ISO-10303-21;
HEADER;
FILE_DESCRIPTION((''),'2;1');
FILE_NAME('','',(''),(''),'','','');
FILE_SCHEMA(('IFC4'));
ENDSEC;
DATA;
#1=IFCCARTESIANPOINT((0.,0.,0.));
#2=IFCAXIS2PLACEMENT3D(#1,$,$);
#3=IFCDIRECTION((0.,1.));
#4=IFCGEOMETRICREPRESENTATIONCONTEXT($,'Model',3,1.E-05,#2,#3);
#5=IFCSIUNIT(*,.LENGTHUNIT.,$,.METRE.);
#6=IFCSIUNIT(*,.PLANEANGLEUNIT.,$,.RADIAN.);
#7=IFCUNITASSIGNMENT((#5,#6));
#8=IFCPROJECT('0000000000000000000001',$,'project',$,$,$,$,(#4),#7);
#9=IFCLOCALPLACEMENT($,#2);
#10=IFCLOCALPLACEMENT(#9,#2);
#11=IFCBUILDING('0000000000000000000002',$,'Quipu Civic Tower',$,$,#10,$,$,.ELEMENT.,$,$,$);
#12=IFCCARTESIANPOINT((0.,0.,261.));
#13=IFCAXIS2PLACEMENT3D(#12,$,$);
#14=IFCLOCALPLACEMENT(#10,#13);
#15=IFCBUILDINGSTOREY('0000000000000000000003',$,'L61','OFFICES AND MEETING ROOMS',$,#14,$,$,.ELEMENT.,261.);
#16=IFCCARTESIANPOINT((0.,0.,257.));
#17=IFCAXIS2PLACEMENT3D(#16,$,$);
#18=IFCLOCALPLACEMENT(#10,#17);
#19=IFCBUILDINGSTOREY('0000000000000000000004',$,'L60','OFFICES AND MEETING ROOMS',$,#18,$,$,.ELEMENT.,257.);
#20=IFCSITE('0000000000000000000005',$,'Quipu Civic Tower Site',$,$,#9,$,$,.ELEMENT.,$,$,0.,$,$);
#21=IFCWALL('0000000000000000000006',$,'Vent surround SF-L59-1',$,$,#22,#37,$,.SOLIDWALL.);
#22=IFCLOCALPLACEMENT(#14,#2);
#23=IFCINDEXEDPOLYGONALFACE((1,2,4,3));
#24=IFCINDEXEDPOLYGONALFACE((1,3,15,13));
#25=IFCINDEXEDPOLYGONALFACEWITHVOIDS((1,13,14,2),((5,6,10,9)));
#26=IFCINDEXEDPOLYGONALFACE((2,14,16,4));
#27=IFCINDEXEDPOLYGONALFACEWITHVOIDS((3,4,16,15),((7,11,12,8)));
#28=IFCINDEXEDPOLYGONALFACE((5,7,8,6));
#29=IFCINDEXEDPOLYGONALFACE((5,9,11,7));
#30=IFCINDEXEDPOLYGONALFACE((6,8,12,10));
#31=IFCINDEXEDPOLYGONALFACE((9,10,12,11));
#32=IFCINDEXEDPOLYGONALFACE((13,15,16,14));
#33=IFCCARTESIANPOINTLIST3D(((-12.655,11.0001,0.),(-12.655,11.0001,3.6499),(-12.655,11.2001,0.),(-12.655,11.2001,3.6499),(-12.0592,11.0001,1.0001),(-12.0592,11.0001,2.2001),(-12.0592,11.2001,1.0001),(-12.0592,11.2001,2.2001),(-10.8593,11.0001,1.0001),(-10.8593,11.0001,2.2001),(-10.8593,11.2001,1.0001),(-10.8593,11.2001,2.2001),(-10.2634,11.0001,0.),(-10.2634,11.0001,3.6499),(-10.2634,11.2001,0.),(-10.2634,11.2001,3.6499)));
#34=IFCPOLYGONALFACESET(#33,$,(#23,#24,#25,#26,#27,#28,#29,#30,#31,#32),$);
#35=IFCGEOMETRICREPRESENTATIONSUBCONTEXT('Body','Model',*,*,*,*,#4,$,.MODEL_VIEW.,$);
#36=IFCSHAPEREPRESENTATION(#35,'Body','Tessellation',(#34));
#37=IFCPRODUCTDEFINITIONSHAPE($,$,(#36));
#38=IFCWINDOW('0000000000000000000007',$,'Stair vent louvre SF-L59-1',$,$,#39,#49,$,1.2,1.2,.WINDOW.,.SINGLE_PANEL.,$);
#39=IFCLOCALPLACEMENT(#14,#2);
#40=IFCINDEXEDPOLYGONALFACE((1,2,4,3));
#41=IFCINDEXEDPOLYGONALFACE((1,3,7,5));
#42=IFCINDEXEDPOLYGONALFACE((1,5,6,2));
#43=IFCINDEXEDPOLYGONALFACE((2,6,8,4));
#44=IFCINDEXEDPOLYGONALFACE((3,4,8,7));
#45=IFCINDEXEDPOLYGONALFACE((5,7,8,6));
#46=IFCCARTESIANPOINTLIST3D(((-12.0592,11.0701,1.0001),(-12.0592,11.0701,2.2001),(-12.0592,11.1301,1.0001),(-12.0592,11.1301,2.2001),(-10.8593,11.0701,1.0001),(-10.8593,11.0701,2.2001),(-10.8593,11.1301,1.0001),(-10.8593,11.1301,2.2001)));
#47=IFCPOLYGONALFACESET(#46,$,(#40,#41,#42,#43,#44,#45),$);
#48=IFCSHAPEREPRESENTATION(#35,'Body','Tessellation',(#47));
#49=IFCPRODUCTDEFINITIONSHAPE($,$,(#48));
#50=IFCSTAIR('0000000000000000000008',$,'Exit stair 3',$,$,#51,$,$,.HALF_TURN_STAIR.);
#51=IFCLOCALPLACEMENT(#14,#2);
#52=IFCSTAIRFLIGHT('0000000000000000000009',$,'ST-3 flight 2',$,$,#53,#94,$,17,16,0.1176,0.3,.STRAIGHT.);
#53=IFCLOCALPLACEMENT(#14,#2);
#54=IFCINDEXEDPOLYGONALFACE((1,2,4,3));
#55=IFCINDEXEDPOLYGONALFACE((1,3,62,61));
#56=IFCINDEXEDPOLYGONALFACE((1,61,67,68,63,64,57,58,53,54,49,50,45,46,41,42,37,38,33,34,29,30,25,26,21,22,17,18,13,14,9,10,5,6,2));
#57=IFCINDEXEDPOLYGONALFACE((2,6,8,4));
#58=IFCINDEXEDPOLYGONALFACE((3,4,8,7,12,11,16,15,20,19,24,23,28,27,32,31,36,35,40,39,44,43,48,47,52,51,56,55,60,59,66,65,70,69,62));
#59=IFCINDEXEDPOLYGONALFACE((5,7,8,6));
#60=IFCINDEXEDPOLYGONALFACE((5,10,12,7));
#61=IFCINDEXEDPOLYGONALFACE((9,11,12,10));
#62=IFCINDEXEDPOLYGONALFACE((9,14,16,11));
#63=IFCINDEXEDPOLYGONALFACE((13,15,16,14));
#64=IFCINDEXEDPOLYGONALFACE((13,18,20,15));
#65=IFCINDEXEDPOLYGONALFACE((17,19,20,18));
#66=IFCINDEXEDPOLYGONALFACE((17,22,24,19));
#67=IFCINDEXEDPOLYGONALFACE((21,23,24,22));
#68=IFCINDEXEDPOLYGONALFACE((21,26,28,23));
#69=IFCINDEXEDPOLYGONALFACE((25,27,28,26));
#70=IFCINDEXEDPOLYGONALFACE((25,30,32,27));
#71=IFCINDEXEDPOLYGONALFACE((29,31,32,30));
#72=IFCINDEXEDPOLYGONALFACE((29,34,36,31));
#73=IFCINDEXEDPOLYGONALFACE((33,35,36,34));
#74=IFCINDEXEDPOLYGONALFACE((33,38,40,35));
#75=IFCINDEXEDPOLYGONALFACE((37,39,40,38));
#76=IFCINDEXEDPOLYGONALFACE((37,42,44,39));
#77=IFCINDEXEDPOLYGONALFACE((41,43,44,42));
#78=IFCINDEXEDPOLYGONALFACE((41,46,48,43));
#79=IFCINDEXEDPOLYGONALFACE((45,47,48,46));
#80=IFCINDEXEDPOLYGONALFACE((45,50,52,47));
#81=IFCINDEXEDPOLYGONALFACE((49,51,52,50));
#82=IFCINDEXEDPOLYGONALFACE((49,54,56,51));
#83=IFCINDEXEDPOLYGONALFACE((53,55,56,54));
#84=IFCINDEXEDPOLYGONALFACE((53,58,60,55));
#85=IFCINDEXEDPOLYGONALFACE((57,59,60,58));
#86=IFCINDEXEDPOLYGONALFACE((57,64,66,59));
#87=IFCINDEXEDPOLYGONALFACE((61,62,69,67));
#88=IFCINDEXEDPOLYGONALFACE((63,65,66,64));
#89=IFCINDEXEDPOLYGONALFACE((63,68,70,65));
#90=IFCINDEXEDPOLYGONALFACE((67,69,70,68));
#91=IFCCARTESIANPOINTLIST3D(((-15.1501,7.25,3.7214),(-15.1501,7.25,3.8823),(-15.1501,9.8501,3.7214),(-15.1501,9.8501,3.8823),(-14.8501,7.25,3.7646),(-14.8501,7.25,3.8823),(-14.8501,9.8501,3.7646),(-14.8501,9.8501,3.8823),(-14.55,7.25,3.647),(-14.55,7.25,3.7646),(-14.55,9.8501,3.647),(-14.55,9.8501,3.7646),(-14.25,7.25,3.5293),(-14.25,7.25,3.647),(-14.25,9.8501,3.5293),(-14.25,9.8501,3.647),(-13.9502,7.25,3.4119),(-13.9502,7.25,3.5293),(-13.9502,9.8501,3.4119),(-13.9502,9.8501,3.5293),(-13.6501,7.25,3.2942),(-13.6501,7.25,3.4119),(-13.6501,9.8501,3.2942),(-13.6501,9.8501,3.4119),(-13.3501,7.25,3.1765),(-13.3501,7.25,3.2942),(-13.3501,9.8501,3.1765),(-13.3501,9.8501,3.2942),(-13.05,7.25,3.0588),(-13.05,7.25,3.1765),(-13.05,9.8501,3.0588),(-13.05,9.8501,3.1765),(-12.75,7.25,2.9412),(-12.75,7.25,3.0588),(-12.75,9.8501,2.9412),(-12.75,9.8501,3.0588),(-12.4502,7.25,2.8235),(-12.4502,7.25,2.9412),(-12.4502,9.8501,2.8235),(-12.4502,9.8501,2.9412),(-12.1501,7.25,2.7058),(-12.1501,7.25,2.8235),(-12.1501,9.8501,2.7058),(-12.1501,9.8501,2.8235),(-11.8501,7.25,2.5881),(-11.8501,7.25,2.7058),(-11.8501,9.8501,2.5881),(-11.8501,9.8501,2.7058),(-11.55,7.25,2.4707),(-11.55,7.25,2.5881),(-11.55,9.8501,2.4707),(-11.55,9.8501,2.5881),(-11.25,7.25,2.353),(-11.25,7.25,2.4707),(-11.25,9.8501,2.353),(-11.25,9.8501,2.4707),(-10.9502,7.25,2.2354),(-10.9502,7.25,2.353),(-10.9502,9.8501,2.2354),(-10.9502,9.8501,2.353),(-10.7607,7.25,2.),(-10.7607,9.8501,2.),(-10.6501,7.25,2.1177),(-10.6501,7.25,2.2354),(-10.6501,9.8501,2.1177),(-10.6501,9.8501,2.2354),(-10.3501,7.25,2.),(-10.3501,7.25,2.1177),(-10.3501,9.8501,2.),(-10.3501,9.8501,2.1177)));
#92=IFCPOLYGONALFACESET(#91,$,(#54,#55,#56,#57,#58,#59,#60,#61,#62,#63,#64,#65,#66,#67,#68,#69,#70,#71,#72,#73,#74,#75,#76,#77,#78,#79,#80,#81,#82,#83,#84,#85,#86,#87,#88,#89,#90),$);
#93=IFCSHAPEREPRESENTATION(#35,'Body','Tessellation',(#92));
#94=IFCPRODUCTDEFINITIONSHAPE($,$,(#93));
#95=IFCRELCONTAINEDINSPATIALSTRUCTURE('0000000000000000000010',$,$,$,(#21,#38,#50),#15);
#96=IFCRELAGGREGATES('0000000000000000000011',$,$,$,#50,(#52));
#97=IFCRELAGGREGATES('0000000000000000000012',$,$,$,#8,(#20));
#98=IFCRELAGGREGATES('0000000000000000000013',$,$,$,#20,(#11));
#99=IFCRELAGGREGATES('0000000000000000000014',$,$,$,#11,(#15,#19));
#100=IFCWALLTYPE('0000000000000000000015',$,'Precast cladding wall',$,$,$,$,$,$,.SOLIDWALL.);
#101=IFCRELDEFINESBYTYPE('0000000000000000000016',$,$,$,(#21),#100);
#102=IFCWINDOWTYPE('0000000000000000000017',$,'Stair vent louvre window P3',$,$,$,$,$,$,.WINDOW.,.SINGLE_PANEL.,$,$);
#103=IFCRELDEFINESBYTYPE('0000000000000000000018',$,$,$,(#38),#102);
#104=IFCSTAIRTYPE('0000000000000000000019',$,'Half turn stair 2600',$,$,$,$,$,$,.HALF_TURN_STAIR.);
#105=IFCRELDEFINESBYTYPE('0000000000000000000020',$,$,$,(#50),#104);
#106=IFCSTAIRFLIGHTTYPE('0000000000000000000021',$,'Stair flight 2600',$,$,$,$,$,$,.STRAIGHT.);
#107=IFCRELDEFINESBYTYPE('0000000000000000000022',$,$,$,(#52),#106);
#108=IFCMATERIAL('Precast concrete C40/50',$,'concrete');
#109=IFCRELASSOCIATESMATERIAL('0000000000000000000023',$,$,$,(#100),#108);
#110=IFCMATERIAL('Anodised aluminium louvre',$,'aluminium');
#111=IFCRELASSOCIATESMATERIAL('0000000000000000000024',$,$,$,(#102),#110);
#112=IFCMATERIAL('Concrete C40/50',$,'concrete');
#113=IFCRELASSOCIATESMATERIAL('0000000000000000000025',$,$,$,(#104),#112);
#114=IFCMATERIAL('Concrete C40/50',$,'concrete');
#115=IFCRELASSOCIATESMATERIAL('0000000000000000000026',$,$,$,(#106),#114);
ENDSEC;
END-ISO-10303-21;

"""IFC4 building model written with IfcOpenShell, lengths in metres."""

from ifc_helpers import new_model, si_unit, direction, frame, frame_2d, origin, place, context, subcontext, project, spatial, polyline, rectangle, outline, extrude, material, type_object, element, fill, aggregate, save


model = new_model("IFC4")

# Units and contexts
model_context = context("Model", 3, precision=1e-05, world=origin(), true_north=direction((0.0, 1.0)))
body_context = subcontext(model_context, "Body", "Model", "MODEL_VIEW")
ifc_project = project(units=[si_unit("LENGTHUNIT", "METRE"), si_unit("PLANEANGLEUNIT", "RADIAN")], contexts=[model_context])

# Site, building, storey
site_placement = place(None, origin())
site = spatial("IfcSite", under=ifc_project, at=site_placement, Name="Quipu Civic Tower Site", CompositionType="ELEMENT", RefElevation=0.0)
building_placement = place(site_placement, origin())
building = spatial("IfcBuilding", under=site, at=building_placement, Name="Quipu Civic Tower", CompositionType="ELEMENT")
storey_1_placement = place(building_placement, frame((0.0, 0.0, 261.0)))
storey_1 = spatial("IfcBuildingStorey", under=building, at=storey_1_placement, Name="L61", Description="OFFICES AND MEETING ROOMS", CompositionType="ELEMENT", Elevation=261.0)

# Shared definitions
storey_2_placement = place(building_placement, frame((0.0, 0.0, 257.0)))
storey_2 = spatial("IfcBuildingStorey", under=building, at=storey_2_placement, Name="L60", Description="OFFICES AND MEETING ROOMS", CompositionType="ELEMENT", Elevation=257.0)

# Wall, opening, window
ifc_material_1 = material(Name="Precast concrete C40/50", Category="concrete")
wall_type_1 = type_object("IfcWallType", Name="Precast cladding wall", PredefinedType="SOLIDWALL", material=ifc_material_1)
wall_1_placement = place(storey_1_placement, frame((-10.2634, 11.1001, 0.0), z_axis=(0.0, 0.0, 1.0), x_axis=(-1.0, 0.0, 0.0)))
wall_1 = element("IfcWall", 1, at=wall_1_placement, inside=storey_1, type_object=wall_type_1, Name="Vent surround SF-L59-1", PredefinedType="SOLIDWALL", context=body_context, shape_type="SweptSolid", body=[
    extrude(rectangle(XDim=2.3916, YDim=0.2, at=frame_2d((1.1958, 0.0))), origin(), (0.0, 0.0, 1.0), 3.6499),
])
opening_1_placement = place(wall_1_placement, frame((0.5957, 0.0, 1.0)))
opening_1 = element("IfcOpeningElement", 2, at=opening_1_placement, cuts=wall_1, PredefinedType="OPENING", context=body_context, shape_type="SweptSolid", body=[
    extrude(rectangle(XDim=1.2, YDim=1.2, at=frame_2d((0.6001, 0.6001))), frame((0.0, 0.1099, 0.0), z_axis=(0.0, -1.0, 0.0), x_axis=(1.0, 0.0, 0.0)), (0.0, 0.0, 1.0), 0.22),
])
ifc_material_2 = material(Name="Anodised aluminium louvre", Category="aluminium")
window_type = type_object("IfcWindowType", Name="Stair vent louvre window P3", PartitioningType="SINGLE_PANEL", PredefinedType="WINDOW", material=ifc_material_2)
window_placement = place(opening_1_placement, origin())
window = element("IfcWindow", 3, at=window_placement, inside=storey_1, type_object=window_type, Name="Stair vent louvre SF-L59-1", OverallHeight=1.2, OverallWidth=1.2, PartitioningType="SINGLE_PANEL", PredefinedType="WINDOW", context=body_context, shape_type="SweptSolid", body=[
    extrude(rectangle(XDim=1.2, YDim=1.2, at=frame_2d((0.6001, 0.6001))), frame((0.0, 0.03, 0.0), z_axis=(0.0, -1.0, 0.0), x_axis=(1.0, 0.0, 0.0)), (0.0, 0.0, 1.0), 0.0601),
])
fill(opening_1, window)

# Stair, stair flight
ifc_material_3 = material(Name="Concrete C40/50", Category="concrete")
stair_type = type_object("IfcStairType", Name="Half turn stair 2600", PredefinedType="HALF_TURN_STAIR", material=ifc_material_3)
stair_placement = place(storey_1_placement, origin())
stair = element("IfcStair", 4, at=stair_placement, inside=storey_1, type_object=stair_type, Name="Exit stair 3", PredefinedType="HALF_TURN_STAIR")
ifc_material_4 = material(Name="Concrete C40/50", Category="concrete")
stair_flight_type = type_object("IfcStairFlightType", Name="Stair flight 2600", PredefinedType="STRAIGHT", material=ifc_material_4)
stair_flight_placement = place(storey_1_placement, frame((-10.3501, 8.55, 2.0), z_axis=(0.0, 0.0, 1.0), x_axis=(-1.0, 0.0, 0.0)))
stair_flight = element("IfcStairFlight", 5, at=stair_flight_placement, type_object=stair_flight_type, Name="ST-3 flight 2", NumberOfRisers=17, NumberOfTreads=16, PredefinedType="STRAIGHT", RiserHeight=0.1176, TreadLength=0.3, context=body_context, shape_type="SweptSolid", body=[
    extrude(outline(polyline([(0.0, 0.0), (0.0, 0.1177), (0.3, 0.1177), (0.3, 0.2354), (0.6001, 0.2354), (0.6001, 0.353), (0.8999, 0.353), (0.8999, 0.4707), (1.2, 0.4707), (1.2, 0.5881), (1.5, 0.5881), (1.5, 0.7058), (1.8, 0.7058), (1.8, 0.8235), (2.1001, 0.8235), (2.1001, 0.9412), (2.3999, 0.9412), (2.3999, 1.0588), (2.7, 1.0588), (2.7, 1.1765), (3.0, 1.1765), (3.0, 1.2942), (3.3, 1.2942), (3.3, 1.4119), (3.6001, 1.4119), (3.6001, 1.5293), (3.8999, 1.5293), (3.8999, 1.647), (4.2, 1.647), (4.2, 1.7646), (4.5, 1.7646), (4.5, 1.8823), (4.8, 1.8823), (4.8, 2.0), (4.8, 1.7214), (0.4106, 0.0), (0.0, 0.0)])), frame((0.0, 1.3, 0.0), z_axis=(0.0, -1.0, 0.0), x_axis=(1.0, 0.0, 0.0)), (0.0, 0.0, 1.0), 2.6001),
])
aggregate(stair, [stair_flight])

save(model, "model.ifc")
